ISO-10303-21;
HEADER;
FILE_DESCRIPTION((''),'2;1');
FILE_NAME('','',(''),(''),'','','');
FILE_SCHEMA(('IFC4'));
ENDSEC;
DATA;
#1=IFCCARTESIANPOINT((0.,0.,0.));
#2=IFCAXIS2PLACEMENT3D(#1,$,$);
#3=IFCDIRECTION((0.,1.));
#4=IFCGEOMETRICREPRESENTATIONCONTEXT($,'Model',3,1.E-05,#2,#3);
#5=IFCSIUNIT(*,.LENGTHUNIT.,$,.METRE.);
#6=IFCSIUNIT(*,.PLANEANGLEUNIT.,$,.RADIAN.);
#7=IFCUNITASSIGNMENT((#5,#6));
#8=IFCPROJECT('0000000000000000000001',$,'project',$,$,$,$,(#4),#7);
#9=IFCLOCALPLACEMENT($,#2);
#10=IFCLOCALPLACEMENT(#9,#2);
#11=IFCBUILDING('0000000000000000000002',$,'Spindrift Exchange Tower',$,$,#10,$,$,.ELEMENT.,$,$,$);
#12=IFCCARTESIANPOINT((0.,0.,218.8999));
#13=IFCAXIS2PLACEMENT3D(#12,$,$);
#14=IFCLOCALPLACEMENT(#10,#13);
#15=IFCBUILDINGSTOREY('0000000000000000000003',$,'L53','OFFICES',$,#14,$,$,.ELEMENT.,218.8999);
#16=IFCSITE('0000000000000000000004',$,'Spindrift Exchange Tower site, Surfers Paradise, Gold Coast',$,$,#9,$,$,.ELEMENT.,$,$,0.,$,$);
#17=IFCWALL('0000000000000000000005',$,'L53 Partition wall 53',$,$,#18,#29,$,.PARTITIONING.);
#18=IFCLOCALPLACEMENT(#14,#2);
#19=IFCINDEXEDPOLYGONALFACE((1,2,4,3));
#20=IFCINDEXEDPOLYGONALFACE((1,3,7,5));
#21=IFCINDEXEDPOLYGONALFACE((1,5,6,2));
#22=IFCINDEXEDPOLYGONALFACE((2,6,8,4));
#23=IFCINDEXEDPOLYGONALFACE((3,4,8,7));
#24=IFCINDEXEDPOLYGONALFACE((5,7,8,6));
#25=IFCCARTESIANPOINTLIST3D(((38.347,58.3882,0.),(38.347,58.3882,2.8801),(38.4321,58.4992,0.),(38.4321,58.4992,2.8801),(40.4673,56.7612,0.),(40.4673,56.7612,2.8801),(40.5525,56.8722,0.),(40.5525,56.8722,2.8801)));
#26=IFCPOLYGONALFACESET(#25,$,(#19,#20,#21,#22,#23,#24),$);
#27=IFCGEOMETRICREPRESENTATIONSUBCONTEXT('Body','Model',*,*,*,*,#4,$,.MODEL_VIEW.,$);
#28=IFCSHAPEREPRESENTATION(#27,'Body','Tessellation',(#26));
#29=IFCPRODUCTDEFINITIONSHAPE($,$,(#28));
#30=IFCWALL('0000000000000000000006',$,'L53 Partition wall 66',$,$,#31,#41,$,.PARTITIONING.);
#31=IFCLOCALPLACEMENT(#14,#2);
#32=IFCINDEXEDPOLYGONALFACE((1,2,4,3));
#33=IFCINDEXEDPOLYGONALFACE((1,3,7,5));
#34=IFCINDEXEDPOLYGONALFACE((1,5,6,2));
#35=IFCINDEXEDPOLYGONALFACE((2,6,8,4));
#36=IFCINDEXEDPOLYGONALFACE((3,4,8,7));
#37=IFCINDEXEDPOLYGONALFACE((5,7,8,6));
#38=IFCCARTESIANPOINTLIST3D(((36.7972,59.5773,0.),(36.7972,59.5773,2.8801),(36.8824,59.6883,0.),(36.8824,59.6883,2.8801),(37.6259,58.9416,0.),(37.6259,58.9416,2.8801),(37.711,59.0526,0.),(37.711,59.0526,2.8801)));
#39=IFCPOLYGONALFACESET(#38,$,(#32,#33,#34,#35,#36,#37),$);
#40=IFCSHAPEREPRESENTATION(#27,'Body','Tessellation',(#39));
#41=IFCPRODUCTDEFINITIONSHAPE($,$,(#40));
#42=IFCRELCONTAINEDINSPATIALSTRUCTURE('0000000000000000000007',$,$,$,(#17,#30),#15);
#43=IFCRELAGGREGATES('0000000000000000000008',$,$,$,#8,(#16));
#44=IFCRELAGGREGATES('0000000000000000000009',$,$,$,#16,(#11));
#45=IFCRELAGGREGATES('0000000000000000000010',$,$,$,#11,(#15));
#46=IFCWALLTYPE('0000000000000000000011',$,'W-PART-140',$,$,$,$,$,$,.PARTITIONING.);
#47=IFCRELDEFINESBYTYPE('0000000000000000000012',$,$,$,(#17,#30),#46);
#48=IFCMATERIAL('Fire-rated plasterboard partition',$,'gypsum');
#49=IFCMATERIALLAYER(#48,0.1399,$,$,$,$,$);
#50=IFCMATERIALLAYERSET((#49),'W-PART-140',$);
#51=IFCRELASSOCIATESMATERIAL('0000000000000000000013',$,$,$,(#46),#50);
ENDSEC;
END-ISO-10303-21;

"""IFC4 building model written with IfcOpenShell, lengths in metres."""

from ifc_helpers import new_model, si_unit, direction, frame, frame_2d, origin, place, context, subcontext, project, spatial, rectangle, extrude, material, layer, layer_set, type_object, element, save


model = new_model("IFC4")

# Units and contexts
model_context = context("Model", 3, precision=1e-05, world=origin(), true_north=direction((0.0, 1.0)))
body_context = subcontext(model_context, "Body", "Model", "MODEL_VIEW")
ifc_project = project(units=[si_unit("LENGTHUNIT", "METRE"), si_unit("PLANEANGLEUNIT", "RADIAN")], contexts=[model_context])

# Site, building, storey
site_placement = place(None, origin())
site = spatial("IfcSite", under=ifc_project, at=site_placement, Name="Spindrift Exchange Tower site, Surfers Paradise, Gold Coast", CompositionType="ELEMENT", RefElevation=0.0)
building_placement = place(site_placement, origin())
building = spatial("IfcBuilding", under=site, at=building_placement, Name="Spindrift Exchange Tower", CompositionType="ELEMENT")
storey_placement = place(building_placement, frame((0.0, 0.0, 218.8999)))
storey = spatial("IfcBuildingStorey", under=building, at=storey_placement, Name="L53", Description="OFFICES", CompositionType="ELEMENT", Elevation=218.8999)

# Shared definitions
ifc_material_1 = material(Name="Fire-rated plasterboard partition", Category="gypsum")

# Walls
ifc_layer_1 = layer(ifc_material_1, 0.1399)
ifc_layer_set_1 = layer_set([ifc_layer_1], Name="W-PART-140")
wall_type_1 = type_object("IfcWallType", Name="W-PART-140", PredefinedType="PARTITIONING", material=ifc_layer_set_1)
wall_1_placement = place(storey_placement, frame((40.51, 56.8167, 0.0), z_axis=(0.0, 0.0, 1.0), x_axis=(-0.793364, 0.608748, 0.0)))
element("IfcWall", 1, at=wall_1_placement, inside=storey, type_object=wall_type_1, Name="L53 Partition wall 53", PredefinedType="PARTITIONING", context=body_context, shape_type="SweptSolid", body=[
    extrude(rectangle(XDim=2.6726, YDim=0.1399, at=frame_2d((1.3364, 0.0))), origin(), (0.0, 0.0, 1.0), 2.8801),
])
wall_2_placement = place(storey_placement, frame((37.6685, 58.9971, 0.0), z_axis=(0.0, 0.0, 1.0), x_axis=(-0.793388, 0.608716, 0.0)))
element("IfcWall", 2, at=wall_2_placement, inside=storey, type_object=wall_type_1, Name="L53 Partition wall 66", PredefinedType="PARTITIONING", context=body_context, shape_type="SweptSolid", body=[
    extrude(rectangle(XDim=1.0444, YDim=0.1399, at=frame_2d((0.5222, 0.0))), origin(), (0.0, 0.0, 1.0), 2.8801),
])

save(model, "model.ifc")
